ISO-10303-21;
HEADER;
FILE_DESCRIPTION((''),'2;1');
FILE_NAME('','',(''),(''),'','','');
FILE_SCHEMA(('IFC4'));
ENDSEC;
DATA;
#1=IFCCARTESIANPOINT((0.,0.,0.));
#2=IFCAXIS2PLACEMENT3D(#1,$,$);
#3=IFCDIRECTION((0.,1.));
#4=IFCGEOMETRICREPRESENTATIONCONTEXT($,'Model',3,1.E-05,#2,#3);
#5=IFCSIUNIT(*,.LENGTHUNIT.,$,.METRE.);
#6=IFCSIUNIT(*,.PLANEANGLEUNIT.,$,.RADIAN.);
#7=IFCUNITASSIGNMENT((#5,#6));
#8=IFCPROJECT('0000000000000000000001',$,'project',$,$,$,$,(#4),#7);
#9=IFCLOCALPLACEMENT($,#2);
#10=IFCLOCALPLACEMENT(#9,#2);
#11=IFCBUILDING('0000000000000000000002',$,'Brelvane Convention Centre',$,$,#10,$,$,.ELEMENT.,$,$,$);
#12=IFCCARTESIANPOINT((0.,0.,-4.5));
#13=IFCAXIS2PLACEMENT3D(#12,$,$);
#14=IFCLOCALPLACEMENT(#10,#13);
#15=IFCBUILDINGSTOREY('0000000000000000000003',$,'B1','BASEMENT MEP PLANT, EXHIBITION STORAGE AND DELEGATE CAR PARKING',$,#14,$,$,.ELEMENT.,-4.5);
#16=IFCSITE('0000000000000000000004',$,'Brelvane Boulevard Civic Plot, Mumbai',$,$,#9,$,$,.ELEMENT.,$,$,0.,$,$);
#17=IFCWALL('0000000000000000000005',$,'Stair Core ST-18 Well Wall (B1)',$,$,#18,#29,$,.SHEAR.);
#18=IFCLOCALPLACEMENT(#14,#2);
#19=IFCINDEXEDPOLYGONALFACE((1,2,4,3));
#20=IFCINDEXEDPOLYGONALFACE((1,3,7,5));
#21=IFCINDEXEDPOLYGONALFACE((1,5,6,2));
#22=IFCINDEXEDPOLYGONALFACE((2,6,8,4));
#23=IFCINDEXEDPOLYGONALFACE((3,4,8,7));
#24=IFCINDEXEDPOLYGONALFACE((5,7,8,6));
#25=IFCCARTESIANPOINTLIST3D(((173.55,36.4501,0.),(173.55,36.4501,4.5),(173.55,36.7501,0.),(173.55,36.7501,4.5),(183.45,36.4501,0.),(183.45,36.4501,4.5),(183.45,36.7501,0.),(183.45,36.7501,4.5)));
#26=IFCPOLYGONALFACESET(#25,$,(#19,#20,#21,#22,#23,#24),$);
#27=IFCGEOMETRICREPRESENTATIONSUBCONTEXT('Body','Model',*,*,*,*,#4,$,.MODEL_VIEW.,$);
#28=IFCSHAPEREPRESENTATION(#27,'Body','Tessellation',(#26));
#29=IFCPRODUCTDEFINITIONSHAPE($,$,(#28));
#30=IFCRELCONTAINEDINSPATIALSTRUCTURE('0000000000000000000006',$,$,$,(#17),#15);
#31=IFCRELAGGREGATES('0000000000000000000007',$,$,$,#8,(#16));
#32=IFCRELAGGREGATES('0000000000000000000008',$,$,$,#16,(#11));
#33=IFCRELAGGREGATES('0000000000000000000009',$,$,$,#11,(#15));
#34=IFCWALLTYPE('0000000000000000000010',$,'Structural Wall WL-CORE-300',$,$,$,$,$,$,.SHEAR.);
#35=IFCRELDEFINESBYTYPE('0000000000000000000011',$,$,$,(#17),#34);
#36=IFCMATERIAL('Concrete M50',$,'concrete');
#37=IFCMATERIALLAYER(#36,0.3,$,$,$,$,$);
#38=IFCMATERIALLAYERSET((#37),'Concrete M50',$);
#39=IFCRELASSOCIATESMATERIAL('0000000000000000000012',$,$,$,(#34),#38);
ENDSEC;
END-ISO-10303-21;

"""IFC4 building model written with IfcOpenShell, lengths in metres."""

from ifc_helpers import new_model, si_unit, direction, frame, frame_2d, origin, place, context, subcontext, project, spatial, rectangle, extrude, material, layer, layer_set, type_object, element, save


model = new_model("IFC4")

# Units and contexts
model_context = context("Model", 3, precision=1e-05, world=origin(), true_north=direction((0.0, 1.0)))
body_context = subcontext(model_context, "Body", "Model", "MODEL_VIEW")
ifc_project = project(units=[si_unit("LENGTHUNIT", "METRE"), si_unit("PLANEANGLEUNIT", "RADIAN")], contexts=[model_context])

# Site, building, storey
site_placement = place(None, origin())
site = spatial("IfcSite", under=ifc_project, at=site_placement, Name="Brelvane Boulevard Civic Plot, Mumbai", CompositionType="ELEMENT", RefElevation=0.0)
building_placement = place(site_placement, origin())
building = spatial("IfcBuilding", under=site, at=building_placement, Name="Brelvane Convention Centre", CompositionType="ELEMENT")
storey_placement = place(building_placement, frame((0.0, 0.0, -4.5)))
storey = spatial("IfcBuildingStorey", under=building, at=storey_placement, Name="B1", Description="BASEMENT MEP PLANT, EXHIBITION STORAGE AND DELEGATE CAR PARKING", CompositionType="ELEMENT", Elevation=-4.5)

# Shared definitions
ifc_material_1 = material(Name="Concrete M50", Category="concrete")
ifc_layer_1 = layer(ifc_material_1, 0.3)
ifc_layer_set_1 = layer_set([ifc_layer_1], Name="Concrete M50")
wall_type_1 = type_object("IfcWallType", Name="Structural Wall WL-CORE-300", PredefinedType="SHEAR", material=ifc_layer_set_1)

# Wall
wall_1_placement = place(storey_placement, frame((173.55, 36.6001, 0.0), z_axis=(0.0, 0.0, 1.0), x_axis=(1.0, 0.0, 0.0)))
element("IfcWall", 1, at=wall_1_placement, inside=storey, type_object=wall_type_1, Name="Stair Core ST-18 Well Wall (B1)", PredefinedType="SHEAR", context=body_context, shape_type="SweptSolid", body=[
    extrude(rectangle(XDim=9.8999, YDim=0.3, at=frame_2d((4.95, 0.0))), origin(), (0.0, 0.0, 1.0), 4.5),
])

save(model, "model.ifc")
